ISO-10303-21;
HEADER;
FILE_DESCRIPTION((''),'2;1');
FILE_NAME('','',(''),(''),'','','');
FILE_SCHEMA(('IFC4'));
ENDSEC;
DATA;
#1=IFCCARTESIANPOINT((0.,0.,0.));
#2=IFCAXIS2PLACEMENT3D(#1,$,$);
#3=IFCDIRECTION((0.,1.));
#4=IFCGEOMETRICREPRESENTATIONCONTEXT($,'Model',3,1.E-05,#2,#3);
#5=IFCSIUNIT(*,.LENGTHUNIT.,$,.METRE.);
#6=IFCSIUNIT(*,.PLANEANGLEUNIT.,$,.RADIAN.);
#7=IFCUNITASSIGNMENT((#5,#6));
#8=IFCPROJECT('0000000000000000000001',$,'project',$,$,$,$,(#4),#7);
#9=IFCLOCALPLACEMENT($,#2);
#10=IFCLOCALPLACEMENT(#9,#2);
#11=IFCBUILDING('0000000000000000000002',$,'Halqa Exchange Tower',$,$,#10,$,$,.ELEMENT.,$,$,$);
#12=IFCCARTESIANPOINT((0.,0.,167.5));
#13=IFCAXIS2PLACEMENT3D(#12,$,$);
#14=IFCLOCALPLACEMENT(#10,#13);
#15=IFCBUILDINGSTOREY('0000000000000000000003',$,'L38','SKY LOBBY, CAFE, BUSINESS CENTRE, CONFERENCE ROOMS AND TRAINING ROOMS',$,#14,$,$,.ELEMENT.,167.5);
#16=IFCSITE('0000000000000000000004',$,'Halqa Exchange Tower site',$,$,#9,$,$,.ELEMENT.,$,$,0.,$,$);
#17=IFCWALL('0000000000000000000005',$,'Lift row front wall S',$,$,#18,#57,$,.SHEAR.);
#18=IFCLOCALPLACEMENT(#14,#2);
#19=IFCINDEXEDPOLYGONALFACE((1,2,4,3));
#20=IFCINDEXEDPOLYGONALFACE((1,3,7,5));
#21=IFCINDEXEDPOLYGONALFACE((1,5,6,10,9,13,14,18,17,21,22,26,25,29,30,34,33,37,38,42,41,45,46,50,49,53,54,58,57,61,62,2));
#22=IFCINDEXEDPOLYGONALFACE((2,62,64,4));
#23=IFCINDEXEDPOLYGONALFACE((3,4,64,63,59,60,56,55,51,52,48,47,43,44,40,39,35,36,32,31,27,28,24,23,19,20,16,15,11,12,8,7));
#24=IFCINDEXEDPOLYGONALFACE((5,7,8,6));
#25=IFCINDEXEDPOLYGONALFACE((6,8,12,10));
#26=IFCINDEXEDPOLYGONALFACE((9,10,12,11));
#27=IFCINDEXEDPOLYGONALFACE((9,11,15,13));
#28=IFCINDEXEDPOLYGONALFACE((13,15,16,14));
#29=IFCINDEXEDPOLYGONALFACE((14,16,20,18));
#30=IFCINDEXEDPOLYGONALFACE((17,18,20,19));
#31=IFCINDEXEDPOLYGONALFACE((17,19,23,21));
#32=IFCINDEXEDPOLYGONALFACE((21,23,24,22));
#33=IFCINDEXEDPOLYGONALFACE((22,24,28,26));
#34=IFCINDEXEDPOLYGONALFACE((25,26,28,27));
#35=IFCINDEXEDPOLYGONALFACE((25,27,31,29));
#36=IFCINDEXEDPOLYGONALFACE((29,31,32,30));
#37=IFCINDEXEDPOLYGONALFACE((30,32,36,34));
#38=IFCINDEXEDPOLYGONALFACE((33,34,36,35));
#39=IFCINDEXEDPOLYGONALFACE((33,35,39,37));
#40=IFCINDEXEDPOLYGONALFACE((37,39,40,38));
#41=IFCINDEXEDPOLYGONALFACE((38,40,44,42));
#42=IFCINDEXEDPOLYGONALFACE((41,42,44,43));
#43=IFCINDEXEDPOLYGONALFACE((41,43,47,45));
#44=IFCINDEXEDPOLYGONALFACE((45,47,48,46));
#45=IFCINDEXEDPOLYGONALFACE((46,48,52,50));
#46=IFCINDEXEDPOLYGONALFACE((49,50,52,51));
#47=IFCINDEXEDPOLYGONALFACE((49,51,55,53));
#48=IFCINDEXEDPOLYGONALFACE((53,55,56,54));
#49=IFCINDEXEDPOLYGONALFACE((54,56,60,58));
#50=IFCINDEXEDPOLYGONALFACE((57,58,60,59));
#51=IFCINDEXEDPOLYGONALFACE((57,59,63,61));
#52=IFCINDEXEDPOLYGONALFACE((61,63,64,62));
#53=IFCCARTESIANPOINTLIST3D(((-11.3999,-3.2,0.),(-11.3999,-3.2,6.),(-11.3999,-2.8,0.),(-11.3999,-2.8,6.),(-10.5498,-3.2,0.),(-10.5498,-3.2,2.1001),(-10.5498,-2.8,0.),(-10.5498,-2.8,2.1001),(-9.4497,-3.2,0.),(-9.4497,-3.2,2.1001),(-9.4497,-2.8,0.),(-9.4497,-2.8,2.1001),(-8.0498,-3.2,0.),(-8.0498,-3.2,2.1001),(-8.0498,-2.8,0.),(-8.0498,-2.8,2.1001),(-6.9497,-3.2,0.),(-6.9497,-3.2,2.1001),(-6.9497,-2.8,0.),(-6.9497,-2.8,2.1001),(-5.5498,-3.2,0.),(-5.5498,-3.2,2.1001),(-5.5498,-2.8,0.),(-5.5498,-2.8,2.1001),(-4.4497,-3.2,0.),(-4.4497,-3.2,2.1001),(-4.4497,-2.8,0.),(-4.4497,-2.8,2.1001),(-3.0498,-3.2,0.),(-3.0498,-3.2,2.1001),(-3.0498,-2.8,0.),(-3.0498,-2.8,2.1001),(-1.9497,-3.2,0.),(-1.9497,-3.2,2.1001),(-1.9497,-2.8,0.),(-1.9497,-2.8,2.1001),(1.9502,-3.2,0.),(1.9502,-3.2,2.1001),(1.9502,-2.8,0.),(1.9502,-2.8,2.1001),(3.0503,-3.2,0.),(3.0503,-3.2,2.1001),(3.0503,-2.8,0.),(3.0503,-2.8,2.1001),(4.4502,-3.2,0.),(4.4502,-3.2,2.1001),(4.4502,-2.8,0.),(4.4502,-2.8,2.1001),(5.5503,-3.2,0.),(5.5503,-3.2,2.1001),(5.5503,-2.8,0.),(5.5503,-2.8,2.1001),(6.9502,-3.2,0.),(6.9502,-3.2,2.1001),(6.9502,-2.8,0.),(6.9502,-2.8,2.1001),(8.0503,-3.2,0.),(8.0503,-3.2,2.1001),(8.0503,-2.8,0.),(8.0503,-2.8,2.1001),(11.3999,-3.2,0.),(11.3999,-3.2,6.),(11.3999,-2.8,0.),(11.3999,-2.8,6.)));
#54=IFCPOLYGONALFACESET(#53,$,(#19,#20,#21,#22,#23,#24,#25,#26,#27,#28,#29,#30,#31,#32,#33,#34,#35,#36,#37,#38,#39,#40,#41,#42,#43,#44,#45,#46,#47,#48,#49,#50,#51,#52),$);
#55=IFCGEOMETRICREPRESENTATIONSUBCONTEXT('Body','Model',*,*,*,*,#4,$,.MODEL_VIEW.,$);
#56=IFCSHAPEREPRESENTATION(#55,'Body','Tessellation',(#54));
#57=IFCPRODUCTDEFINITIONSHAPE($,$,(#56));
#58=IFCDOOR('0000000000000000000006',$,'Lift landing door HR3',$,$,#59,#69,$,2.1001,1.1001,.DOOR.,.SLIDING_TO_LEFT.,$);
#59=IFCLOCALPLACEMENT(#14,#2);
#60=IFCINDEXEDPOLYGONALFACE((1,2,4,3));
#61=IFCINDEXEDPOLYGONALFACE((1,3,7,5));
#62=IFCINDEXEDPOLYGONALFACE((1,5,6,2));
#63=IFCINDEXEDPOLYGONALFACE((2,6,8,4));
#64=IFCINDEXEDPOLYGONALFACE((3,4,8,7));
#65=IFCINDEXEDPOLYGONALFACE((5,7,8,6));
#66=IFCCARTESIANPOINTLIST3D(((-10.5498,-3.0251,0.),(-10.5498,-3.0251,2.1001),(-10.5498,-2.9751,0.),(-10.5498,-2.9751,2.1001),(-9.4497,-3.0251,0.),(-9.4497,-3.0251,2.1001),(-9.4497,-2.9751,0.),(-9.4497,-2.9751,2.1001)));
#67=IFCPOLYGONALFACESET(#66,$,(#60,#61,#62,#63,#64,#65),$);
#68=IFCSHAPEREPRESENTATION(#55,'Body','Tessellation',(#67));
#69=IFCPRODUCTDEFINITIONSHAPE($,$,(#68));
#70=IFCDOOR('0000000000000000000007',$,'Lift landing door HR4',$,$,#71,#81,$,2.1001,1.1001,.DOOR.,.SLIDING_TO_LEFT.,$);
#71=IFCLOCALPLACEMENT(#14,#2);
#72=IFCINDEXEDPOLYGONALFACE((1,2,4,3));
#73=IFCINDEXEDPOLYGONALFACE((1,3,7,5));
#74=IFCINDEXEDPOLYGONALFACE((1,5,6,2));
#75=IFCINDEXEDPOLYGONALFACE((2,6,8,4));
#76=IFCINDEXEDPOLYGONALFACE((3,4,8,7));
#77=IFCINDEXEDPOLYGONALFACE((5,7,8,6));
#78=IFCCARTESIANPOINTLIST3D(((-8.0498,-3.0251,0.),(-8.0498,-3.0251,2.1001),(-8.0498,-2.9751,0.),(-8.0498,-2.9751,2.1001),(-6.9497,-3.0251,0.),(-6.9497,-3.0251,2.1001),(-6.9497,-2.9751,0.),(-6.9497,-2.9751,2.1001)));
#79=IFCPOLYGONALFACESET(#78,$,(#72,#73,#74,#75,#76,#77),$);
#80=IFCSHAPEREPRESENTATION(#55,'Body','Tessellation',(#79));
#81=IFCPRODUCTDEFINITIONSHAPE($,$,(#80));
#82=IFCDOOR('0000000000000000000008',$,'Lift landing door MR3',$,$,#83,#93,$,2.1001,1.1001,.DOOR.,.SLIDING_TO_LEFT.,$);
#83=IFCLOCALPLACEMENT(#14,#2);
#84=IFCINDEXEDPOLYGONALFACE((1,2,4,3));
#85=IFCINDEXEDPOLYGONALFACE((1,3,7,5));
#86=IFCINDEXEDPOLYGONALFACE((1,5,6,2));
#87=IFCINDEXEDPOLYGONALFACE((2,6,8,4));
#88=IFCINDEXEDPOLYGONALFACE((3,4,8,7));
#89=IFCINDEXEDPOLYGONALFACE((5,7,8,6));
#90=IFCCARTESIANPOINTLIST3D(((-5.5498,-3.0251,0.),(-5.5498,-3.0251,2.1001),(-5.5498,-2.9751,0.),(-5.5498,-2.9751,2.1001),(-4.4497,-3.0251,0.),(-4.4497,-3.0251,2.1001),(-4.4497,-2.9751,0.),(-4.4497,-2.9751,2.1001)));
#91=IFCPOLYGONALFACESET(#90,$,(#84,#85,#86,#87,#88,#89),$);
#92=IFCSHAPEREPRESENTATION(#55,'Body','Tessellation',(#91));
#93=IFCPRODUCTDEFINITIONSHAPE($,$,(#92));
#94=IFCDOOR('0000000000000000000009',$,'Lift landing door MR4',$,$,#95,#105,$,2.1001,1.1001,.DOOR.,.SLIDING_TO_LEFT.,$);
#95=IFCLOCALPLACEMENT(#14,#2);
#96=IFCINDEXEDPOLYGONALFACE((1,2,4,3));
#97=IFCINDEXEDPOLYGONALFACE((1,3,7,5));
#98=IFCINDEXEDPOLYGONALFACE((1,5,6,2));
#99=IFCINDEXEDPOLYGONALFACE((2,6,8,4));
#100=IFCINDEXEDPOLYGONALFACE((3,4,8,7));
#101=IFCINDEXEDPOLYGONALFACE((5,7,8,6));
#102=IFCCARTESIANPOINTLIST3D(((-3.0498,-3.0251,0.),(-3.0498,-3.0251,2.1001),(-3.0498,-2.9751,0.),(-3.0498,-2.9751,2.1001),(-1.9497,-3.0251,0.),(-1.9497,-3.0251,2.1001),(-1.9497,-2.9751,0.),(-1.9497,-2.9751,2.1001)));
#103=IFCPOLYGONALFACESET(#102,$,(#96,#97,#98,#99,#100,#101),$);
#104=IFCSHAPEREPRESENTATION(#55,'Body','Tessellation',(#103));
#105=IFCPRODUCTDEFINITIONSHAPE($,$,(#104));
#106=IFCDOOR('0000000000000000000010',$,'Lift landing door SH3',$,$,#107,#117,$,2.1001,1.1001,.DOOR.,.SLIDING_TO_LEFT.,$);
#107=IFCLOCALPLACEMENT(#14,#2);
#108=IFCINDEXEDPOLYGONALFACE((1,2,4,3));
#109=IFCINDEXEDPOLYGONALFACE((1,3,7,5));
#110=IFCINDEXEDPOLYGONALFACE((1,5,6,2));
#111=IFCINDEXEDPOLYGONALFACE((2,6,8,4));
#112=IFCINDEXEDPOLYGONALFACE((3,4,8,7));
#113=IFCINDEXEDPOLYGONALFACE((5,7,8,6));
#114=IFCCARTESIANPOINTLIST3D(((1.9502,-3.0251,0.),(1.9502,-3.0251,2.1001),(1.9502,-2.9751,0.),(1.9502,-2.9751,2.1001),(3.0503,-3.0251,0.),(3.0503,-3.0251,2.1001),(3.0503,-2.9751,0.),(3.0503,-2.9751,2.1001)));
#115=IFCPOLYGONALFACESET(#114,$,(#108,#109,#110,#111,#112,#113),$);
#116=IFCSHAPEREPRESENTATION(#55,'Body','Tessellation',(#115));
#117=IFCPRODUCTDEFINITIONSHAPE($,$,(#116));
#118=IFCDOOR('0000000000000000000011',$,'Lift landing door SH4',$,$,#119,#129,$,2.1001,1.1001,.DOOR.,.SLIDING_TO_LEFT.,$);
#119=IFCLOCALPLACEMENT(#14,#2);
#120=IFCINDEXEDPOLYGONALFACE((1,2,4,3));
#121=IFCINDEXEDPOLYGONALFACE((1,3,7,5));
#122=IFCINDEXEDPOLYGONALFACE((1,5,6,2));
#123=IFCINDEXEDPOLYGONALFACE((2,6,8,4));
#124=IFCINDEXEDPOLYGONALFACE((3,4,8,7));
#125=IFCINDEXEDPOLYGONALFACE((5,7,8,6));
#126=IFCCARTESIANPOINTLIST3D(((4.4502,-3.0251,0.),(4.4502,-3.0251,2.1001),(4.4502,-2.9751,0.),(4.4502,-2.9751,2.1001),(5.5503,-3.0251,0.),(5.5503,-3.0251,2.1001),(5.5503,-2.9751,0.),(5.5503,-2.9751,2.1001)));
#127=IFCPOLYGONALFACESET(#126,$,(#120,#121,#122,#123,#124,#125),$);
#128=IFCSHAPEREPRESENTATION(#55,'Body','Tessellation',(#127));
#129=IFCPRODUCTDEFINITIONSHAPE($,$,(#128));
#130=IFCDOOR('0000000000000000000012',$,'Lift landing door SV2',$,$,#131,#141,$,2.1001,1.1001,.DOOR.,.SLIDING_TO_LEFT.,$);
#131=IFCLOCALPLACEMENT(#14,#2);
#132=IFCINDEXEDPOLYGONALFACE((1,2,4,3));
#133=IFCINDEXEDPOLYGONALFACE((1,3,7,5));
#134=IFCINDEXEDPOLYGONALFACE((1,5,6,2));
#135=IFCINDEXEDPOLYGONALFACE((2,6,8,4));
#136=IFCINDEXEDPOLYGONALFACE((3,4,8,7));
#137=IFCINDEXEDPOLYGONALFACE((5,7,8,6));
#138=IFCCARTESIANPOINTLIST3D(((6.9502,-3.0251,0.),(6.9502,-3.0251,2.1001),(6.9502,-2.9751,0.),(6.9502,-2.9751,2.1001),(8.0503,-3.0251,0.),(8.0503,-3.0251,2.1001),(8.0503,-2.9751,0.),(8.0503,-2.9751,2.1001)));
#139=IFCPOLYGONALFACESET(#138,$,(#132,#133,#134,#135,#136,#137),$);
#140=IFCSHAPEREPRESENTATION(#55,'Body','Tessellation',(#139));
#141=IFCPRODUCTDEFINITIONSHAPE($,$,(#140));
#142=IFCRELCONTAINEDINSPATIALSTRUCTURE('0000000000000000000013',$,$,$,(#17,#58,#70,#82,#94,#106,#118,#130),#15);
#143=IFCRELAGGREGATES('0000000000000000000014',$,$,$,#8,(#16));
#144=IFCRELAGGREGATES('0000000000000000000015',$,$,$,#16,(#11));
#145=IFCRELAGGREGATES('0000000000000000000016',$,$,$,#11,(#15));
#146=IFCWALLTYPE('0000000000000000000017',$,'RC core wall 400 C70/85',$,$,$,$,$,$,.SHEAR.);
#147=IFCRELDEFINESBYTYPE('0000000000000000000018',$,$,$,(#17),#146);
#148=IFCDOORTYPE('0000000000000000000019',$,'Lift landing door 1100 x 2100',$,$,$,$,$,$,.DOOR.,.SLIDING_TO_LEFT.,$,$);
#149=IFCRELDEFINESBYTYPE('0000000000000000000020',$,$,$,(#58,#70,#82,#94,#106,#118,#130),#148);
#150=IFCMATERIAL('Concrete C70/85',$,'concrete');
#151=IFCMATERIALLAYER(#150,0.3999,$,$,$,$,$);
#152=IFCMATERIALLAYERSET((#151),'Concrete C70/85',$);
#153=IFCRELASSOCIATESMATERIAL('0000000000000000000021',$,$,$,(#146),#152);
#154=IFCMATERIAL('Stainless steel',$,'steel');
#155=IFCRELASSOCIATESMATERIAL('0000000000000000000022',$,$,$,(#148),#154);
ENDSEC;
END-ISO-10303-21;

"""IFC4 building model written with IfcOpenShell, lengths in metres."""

from ifc_helpers import new_model, si_unit, direction, frame, frame_2d, origin, place, context, subcontext, project, spatial, rectangle, extrude, material, layer, layer_set, type_object, element, fill, save


model = new_model("IFC4")

# Units and contexts
model_context = context("Model", 3, precision=1e-05, world=origin(), true_north=direction((0.0, 1.0)))
body_context = subcontext(model_context, "Body", "Model", "MODEL_VIEW")
ifc_project = project(units=[si_unit("LENGTHUNIT", "METRE"), si_unit("PLANEANGLEUNIT", "RADIAN")], contexts=[model_context])

# Site, building, storey
site_placement = place(None, origin())
site = spatial("IfcSite", under=ifc_project, at=site_placement, Name="Halqa Exchange Tower site", CompositionType="ELEMENT", RefElevation=0.0)
building_placement = place(site_placement, origin())
building = spatial("IfcBuilding", under=site, at=building_placement, Name="Halqa Exchange Tower", CompositionType="ELEMENT")
storey_placement = place(building_placement, frame((0.0, 0.0, 167.5)))
storey = spatial("IfcBuildingStorey", under=building, at=storey_placement, Name="L38", Description="SKY LOBBY, CAFE, BUSINESS CENTRE, CONFERENCE ROOMS AND TRAINING ROOMS", CompositionType="ELEMENT", Elevation=167.5)

# Wall, openings, doors
ifc_material_1 = material(Name="Concrete C70/85", Category="concrete")
ifc_layer_1 = layer(ifc_material_1, 0.3999)
ifc_layer_set_1 = layer_set([ifc_layer_1], Name="Concrete C70/85")
wall_type_1 = type_object("IfcWallType", Name="RC core wall 400 C70/85", PredefinedType="SHEAR", material=ifc_layer_set_1)
wall_1_placement = place(storey_placement, frame((-11.3999, -3.0, 0.0), z_axis=(0.0, 0.0, 1.0), x_axis=(1.0, 0.0, 0.0)))
wall_1 = element("IfcWall", 1, at=wall_1_placement, inside=storey, type_object=wall_type_1, Name="Lift row front wall S", PredefinedType="SHEAR", context=body_context, shape_type="SweptSolid", body=[
    extrude(rectangle(XDim=22.7998, YDim=0.3999, at=frame_2d((11.3999, 0.0))), origin(), (0.0, 0.0, 1.0), 6.0),
])
opening_1_placement = place(wall_1_placement, frame((0.8501, 0.0, 0.0)))
opening_1 = element("IfcOpeningElement", 2, at=opening_1_placement, cuts=wall_1, PredefinedType="OPENING", context=body_context, shape_type="SweptSolid", body=[
    extrude(rectangle(XDim=1.1001, YDim=2.1001, at=frame_2d((0.55, 1.05))), frame((0.0, 0.2119, 0.0), z_axis=(0.0, -1.0, 0.0), x_axis=(1.0, 0.0, 0.0)), (0.0, 0.0, 1.0), 0.4238),
])
opening_2_placement = place(wall_1_placement, frame((3.3501, 0.0, 0.0)))
opening_2 = element("IfcOpeningElement", 3, at=opening_2_placement, cuts=wall_1, PredefinedType="OPENING", context=body_context, shape_type="SweptSolid", body=[
    extrude(rectangle(XDim=1.1001, YDim=2.1001, at=frame_2d((0.55, 1.05))), frame((0.0, 0.2119, 0.0), z_axis=(0.0, -1.0, 0.0), x_axis=(1.0, 0.0, 0.0)), (0.0, 0.0, 1.0), 0.4238),
])
opening_3_placement = place(wall_1_placement, frame((5.8501, 0.0, 0.0)))
opening_3 = element("IfcOpeningElement", 4, at=opening_3_placement, cuts=wall_1, PredefinedType="OPENING", context=body_context, shape_type="SweptSolid", body=[
    extrude(rectangle(XDim=1.1001, YDim=2.1001, at=frame_2d((0.55, 1.05))), frame((0.0, 0.2119, 0.0), z_axis=(0.0, -1.0, 0.0), x_axis=(1.0, 0.0, 0.0)), (0.0, 0.0, 1.0), 0.4238),
])
opening_4_placement = place(wall_1_placement, frame((8.3501, 0.0, 0.0)))
opening_4 = element("IfcOpeningElement", 5, at=opening_4_placement, cuts=wall_1, PredefinedType="OPENING", context=body_context, shape_type="SweptSolid", body=[
    extrude(rectangle(XDim=1.1001, YDim=2.1001, at=frame_2d((0.55, 1.05))), frame((0.0, 0.2119, 0.0), z_axis=(0.0, -1.0, 0.0), x_axis=(1.0, 0.0, 0.0)), (0.0, 0.0, 1.0), 0.4238),
])
opening_5_placement = place(wall_1_placement, frame((13.3501, 0.0, 0.0)))
opening_5 = element("IfcOpeningElement", 6, at=opening_5_placement, cuts=wall_1, PredefinedType="OPENING", context=body_context, shape_type="SweptSolid", body=[
    extrude(rectangle(XDim=1.1001, YDim=2.1001, at=frame_2d((0.55, 1.05))), frame((0.0, 0.2119, 0.0), z_axis=(0.0, -1.0, 0.0), x_axis=(1.0, 0.0, 0.0)), (0.0, 0.0, 1.0), 0.4238),
])
opening_6_placement = place(wall_1_placement, frame((15.8501, 0.0, 0.0)))
opening_6 = element("IfcOpeningElement", 7, at=opening_6_placement, cuts=wall_1, PredefinedType="OPENING", context=body_context, shape_type="SweptSolid", body=[
    extrude(rectangle(XDim=1.1001, YDim=2.1001, at=frame_2d((0.55, 1.05))), frame((0.0, 0.2119, 0.0), z_axis=(0.0, -1.0, 0.0), x_axis=(1.0, 0.0, 0.0)), (0.0, 0.0, 1.0), 0.4238),
])
opening_7_placement = place(wall_1_placement, frame((18.3501, 0.0, 0.0)))
opening_7 = element("IfcOpeningElement", 8, at=opening_7_placement, cuts=wall_1, PredefinedType="OPENING", context=body_context, shape_type="SweptSolid", body=[
    extrude(rectangle(XDim=1.1001, YDim=2.1001, at=frame_2d((0.55, 1.05))), frame((0.0, 0.2119, 0.0), z_axis=(0.0, -1.0, 0.0), x_axis=(1.0, 0.0, 0.0)), (0.0, 0.0, 1.0), 0.4238),
])
ifc_material_2 = material(Name="Stainless steel", Category="steel")
door_type_1 = type_object("IfcDoorType", Name="Lift landing door 1100 x 2100", OperationType="SLIDING_TO_LEFT", PredefinedType="DOOR", material=ifc_material_2)
door_1_placement = place(opening_1_placement, origin())
door_1 = element("IfcDoor", 9, at=door_1_placement, inside=storey, type_object=door_type_1, Name="Lift landing door HR3", OperationType="SLIDING_TO_LEFT", OverallHeight=2.1001, OverallWidth=1.1001, PredefinedType="DOOR", context=body_context, shape_type="SweptSolid", body=[
    extrude(rectangle(XDim=1.1001, YDim=2.1001, at=frame_2d((0.55, 1.05))), frame((0.0, 0.0249, 0.0), z_axis=(0.0, -1.0, 0.0), x_axis=(1.0, 0.0, 0.0)), (0.0, 0.0, 1.0), 0.05),
])
fill(opening_1, door_1)
door_2_placement = place(opening_2_placement, origin())
door_2 = element("IfcDoor", 10, at=door_2_placement, inside=storey, type_object=door_type_1, Name="Lift landing door HR4", OperationType="SLIDING_TO_LEFT", OverallHeight=2.1001, OverallWidth=1.1001, PredefinedType="DOOR", context=body_context, shape_type="SweptSolid", body=[
    extrude(rectangle(XDim=1.1001, YDim=2.1001, at=frame_2d((0.55, 1.05))), frame((0.0, 0.0249, 0.0), z_axis=(0.0, -1.0, 0.0), x_axis=(1.0, 0.0, 0.0)), (0.0, 0.0, 1.0), 0.05),
])
fill(opening_2, door_2)
door_3_placement = place(opening_3_placement, origin())
door_3 = element("IfcDoor", 11, at=door_3_placement, inside=storey, type_object=door_type_1, Name="Lift landing door MR3", OperationType="SLIDING_TO_LEFT", OverallHeight=2.1001, OverallWidth=1.1001, PredefinedType="DOOR", context=body_context, shape_type="SweptSolid", body=[
    extrude(rectangle(XDim=1.1001, YDim=2.1001, at=frame_2d((0.55, 1.05))), frame((0.0, 0.0249, 0.0), z_axis=(0.0, -1.0, 0.0), x_axis=(1.0, 0.0, 0.0)), (0.0, 0.0, 1.0), 0.05),
])
fill(opening_3, door_3)
door_4_placement = place(opening_4_placement, origin())
door_4 = element("IfcDoor", 12, at=door_4_placement, inside=storey, type_object=door_type_1, Name="Lift landing door MR4", OperationType="SLIDING_TO_LEFT", OverallHeight=2.1001, OverallWidth=1.1001, PredefinedType="DOOR", context=body_context, shape_type="SweptSolid", body=[
    extrude(rectangle(XDim=1.1001, YDim=2.1001, at=frame_2d((0.55, 1.05))), frame((0.0, 0.0249, 0.0), z_axis=(0.0, -1.0, 0.0), x_axis=(1.0, 0.0, 0.0)), (0.0, 0.0, 1.0), 0.05),
])
fill(opening_4, door_4)
door_5_placement = place(opening_5_placement, origin())
door_5 = element("IfcDoor", 13, at=door_5_placement, inside=storey, type_object=door_type_1, Name="Lift landing door SH3", OperationType="SLIDING_TO_LEFT", OverallHeight=2.1001, OverallWidth=1.1001, PredefinedType="DOOR", context=body_context, shape_type="SweptSolid", body=[
    extrude(rectangle(XDim=1.1001, YDim=2.1001, at=frame_2d((0.55, 1.05))), frame((0.0, 0.0249, 0.0), z_axis=(0.0, -1.0, 0.0), x_axis=(1.0, 0.0, 0.0)), (0.0, 0.0, 1.0), 0.05),
])
fill(opening_5, door_5)
door_6_placement = place(opening_6_placement, origin())
door_6 = element("IfcDoor", 14, at=door_6_placement, inside=storey, type_object=door_type_1, Name="Lift landing door SH4", OperationType="SLIDING_TO_LEFT", OverallHeight=2.1001, OverallWidth=1.1001, PredefinedType="DOOR", context=body_context, shape_type="SweptSolid", body=[
    extrude(rectangle(XDim=1.1001, YDim=2.1001, at=frame_2d((0.55, 1.05))), frame((0.0, 0.0249, 0.0), z_axis=(0.0, -1.0, 0.0), x_axis=(1.0, 0.0, 0.0)), (0.0, 0.0, 1.0), 0.05),
])
fill(opening_6, door_6)
door_7_placement = place(opening_7_placement, origin())
door_7 = element("IfcDoor", 15, at=door_7_placement, inside=storey, type_object=door_type_1, Name="Lift landing door SV2", OperationType="SLIDING_TO_LEFT", OverallHeight=2.1001, OverallWidth=1.1001, PredefinedType="DOOR", context=body_context, shape_type="SweptSolid", body=[
    extrude(rectangle(XDim=1.1001, YDim=2.1001, at=frame_2d((0.55, 1.05))), frame((0.0, 0.0249, 0.0), z_axis=(0.0, -1.0, 0.0), x_axis=(1.0, 0.0, 0.0)), (0.0, 0.0, 1.0), 0.05),
])
fill(opening_7, door_7)

save(model, "model.ifc")
